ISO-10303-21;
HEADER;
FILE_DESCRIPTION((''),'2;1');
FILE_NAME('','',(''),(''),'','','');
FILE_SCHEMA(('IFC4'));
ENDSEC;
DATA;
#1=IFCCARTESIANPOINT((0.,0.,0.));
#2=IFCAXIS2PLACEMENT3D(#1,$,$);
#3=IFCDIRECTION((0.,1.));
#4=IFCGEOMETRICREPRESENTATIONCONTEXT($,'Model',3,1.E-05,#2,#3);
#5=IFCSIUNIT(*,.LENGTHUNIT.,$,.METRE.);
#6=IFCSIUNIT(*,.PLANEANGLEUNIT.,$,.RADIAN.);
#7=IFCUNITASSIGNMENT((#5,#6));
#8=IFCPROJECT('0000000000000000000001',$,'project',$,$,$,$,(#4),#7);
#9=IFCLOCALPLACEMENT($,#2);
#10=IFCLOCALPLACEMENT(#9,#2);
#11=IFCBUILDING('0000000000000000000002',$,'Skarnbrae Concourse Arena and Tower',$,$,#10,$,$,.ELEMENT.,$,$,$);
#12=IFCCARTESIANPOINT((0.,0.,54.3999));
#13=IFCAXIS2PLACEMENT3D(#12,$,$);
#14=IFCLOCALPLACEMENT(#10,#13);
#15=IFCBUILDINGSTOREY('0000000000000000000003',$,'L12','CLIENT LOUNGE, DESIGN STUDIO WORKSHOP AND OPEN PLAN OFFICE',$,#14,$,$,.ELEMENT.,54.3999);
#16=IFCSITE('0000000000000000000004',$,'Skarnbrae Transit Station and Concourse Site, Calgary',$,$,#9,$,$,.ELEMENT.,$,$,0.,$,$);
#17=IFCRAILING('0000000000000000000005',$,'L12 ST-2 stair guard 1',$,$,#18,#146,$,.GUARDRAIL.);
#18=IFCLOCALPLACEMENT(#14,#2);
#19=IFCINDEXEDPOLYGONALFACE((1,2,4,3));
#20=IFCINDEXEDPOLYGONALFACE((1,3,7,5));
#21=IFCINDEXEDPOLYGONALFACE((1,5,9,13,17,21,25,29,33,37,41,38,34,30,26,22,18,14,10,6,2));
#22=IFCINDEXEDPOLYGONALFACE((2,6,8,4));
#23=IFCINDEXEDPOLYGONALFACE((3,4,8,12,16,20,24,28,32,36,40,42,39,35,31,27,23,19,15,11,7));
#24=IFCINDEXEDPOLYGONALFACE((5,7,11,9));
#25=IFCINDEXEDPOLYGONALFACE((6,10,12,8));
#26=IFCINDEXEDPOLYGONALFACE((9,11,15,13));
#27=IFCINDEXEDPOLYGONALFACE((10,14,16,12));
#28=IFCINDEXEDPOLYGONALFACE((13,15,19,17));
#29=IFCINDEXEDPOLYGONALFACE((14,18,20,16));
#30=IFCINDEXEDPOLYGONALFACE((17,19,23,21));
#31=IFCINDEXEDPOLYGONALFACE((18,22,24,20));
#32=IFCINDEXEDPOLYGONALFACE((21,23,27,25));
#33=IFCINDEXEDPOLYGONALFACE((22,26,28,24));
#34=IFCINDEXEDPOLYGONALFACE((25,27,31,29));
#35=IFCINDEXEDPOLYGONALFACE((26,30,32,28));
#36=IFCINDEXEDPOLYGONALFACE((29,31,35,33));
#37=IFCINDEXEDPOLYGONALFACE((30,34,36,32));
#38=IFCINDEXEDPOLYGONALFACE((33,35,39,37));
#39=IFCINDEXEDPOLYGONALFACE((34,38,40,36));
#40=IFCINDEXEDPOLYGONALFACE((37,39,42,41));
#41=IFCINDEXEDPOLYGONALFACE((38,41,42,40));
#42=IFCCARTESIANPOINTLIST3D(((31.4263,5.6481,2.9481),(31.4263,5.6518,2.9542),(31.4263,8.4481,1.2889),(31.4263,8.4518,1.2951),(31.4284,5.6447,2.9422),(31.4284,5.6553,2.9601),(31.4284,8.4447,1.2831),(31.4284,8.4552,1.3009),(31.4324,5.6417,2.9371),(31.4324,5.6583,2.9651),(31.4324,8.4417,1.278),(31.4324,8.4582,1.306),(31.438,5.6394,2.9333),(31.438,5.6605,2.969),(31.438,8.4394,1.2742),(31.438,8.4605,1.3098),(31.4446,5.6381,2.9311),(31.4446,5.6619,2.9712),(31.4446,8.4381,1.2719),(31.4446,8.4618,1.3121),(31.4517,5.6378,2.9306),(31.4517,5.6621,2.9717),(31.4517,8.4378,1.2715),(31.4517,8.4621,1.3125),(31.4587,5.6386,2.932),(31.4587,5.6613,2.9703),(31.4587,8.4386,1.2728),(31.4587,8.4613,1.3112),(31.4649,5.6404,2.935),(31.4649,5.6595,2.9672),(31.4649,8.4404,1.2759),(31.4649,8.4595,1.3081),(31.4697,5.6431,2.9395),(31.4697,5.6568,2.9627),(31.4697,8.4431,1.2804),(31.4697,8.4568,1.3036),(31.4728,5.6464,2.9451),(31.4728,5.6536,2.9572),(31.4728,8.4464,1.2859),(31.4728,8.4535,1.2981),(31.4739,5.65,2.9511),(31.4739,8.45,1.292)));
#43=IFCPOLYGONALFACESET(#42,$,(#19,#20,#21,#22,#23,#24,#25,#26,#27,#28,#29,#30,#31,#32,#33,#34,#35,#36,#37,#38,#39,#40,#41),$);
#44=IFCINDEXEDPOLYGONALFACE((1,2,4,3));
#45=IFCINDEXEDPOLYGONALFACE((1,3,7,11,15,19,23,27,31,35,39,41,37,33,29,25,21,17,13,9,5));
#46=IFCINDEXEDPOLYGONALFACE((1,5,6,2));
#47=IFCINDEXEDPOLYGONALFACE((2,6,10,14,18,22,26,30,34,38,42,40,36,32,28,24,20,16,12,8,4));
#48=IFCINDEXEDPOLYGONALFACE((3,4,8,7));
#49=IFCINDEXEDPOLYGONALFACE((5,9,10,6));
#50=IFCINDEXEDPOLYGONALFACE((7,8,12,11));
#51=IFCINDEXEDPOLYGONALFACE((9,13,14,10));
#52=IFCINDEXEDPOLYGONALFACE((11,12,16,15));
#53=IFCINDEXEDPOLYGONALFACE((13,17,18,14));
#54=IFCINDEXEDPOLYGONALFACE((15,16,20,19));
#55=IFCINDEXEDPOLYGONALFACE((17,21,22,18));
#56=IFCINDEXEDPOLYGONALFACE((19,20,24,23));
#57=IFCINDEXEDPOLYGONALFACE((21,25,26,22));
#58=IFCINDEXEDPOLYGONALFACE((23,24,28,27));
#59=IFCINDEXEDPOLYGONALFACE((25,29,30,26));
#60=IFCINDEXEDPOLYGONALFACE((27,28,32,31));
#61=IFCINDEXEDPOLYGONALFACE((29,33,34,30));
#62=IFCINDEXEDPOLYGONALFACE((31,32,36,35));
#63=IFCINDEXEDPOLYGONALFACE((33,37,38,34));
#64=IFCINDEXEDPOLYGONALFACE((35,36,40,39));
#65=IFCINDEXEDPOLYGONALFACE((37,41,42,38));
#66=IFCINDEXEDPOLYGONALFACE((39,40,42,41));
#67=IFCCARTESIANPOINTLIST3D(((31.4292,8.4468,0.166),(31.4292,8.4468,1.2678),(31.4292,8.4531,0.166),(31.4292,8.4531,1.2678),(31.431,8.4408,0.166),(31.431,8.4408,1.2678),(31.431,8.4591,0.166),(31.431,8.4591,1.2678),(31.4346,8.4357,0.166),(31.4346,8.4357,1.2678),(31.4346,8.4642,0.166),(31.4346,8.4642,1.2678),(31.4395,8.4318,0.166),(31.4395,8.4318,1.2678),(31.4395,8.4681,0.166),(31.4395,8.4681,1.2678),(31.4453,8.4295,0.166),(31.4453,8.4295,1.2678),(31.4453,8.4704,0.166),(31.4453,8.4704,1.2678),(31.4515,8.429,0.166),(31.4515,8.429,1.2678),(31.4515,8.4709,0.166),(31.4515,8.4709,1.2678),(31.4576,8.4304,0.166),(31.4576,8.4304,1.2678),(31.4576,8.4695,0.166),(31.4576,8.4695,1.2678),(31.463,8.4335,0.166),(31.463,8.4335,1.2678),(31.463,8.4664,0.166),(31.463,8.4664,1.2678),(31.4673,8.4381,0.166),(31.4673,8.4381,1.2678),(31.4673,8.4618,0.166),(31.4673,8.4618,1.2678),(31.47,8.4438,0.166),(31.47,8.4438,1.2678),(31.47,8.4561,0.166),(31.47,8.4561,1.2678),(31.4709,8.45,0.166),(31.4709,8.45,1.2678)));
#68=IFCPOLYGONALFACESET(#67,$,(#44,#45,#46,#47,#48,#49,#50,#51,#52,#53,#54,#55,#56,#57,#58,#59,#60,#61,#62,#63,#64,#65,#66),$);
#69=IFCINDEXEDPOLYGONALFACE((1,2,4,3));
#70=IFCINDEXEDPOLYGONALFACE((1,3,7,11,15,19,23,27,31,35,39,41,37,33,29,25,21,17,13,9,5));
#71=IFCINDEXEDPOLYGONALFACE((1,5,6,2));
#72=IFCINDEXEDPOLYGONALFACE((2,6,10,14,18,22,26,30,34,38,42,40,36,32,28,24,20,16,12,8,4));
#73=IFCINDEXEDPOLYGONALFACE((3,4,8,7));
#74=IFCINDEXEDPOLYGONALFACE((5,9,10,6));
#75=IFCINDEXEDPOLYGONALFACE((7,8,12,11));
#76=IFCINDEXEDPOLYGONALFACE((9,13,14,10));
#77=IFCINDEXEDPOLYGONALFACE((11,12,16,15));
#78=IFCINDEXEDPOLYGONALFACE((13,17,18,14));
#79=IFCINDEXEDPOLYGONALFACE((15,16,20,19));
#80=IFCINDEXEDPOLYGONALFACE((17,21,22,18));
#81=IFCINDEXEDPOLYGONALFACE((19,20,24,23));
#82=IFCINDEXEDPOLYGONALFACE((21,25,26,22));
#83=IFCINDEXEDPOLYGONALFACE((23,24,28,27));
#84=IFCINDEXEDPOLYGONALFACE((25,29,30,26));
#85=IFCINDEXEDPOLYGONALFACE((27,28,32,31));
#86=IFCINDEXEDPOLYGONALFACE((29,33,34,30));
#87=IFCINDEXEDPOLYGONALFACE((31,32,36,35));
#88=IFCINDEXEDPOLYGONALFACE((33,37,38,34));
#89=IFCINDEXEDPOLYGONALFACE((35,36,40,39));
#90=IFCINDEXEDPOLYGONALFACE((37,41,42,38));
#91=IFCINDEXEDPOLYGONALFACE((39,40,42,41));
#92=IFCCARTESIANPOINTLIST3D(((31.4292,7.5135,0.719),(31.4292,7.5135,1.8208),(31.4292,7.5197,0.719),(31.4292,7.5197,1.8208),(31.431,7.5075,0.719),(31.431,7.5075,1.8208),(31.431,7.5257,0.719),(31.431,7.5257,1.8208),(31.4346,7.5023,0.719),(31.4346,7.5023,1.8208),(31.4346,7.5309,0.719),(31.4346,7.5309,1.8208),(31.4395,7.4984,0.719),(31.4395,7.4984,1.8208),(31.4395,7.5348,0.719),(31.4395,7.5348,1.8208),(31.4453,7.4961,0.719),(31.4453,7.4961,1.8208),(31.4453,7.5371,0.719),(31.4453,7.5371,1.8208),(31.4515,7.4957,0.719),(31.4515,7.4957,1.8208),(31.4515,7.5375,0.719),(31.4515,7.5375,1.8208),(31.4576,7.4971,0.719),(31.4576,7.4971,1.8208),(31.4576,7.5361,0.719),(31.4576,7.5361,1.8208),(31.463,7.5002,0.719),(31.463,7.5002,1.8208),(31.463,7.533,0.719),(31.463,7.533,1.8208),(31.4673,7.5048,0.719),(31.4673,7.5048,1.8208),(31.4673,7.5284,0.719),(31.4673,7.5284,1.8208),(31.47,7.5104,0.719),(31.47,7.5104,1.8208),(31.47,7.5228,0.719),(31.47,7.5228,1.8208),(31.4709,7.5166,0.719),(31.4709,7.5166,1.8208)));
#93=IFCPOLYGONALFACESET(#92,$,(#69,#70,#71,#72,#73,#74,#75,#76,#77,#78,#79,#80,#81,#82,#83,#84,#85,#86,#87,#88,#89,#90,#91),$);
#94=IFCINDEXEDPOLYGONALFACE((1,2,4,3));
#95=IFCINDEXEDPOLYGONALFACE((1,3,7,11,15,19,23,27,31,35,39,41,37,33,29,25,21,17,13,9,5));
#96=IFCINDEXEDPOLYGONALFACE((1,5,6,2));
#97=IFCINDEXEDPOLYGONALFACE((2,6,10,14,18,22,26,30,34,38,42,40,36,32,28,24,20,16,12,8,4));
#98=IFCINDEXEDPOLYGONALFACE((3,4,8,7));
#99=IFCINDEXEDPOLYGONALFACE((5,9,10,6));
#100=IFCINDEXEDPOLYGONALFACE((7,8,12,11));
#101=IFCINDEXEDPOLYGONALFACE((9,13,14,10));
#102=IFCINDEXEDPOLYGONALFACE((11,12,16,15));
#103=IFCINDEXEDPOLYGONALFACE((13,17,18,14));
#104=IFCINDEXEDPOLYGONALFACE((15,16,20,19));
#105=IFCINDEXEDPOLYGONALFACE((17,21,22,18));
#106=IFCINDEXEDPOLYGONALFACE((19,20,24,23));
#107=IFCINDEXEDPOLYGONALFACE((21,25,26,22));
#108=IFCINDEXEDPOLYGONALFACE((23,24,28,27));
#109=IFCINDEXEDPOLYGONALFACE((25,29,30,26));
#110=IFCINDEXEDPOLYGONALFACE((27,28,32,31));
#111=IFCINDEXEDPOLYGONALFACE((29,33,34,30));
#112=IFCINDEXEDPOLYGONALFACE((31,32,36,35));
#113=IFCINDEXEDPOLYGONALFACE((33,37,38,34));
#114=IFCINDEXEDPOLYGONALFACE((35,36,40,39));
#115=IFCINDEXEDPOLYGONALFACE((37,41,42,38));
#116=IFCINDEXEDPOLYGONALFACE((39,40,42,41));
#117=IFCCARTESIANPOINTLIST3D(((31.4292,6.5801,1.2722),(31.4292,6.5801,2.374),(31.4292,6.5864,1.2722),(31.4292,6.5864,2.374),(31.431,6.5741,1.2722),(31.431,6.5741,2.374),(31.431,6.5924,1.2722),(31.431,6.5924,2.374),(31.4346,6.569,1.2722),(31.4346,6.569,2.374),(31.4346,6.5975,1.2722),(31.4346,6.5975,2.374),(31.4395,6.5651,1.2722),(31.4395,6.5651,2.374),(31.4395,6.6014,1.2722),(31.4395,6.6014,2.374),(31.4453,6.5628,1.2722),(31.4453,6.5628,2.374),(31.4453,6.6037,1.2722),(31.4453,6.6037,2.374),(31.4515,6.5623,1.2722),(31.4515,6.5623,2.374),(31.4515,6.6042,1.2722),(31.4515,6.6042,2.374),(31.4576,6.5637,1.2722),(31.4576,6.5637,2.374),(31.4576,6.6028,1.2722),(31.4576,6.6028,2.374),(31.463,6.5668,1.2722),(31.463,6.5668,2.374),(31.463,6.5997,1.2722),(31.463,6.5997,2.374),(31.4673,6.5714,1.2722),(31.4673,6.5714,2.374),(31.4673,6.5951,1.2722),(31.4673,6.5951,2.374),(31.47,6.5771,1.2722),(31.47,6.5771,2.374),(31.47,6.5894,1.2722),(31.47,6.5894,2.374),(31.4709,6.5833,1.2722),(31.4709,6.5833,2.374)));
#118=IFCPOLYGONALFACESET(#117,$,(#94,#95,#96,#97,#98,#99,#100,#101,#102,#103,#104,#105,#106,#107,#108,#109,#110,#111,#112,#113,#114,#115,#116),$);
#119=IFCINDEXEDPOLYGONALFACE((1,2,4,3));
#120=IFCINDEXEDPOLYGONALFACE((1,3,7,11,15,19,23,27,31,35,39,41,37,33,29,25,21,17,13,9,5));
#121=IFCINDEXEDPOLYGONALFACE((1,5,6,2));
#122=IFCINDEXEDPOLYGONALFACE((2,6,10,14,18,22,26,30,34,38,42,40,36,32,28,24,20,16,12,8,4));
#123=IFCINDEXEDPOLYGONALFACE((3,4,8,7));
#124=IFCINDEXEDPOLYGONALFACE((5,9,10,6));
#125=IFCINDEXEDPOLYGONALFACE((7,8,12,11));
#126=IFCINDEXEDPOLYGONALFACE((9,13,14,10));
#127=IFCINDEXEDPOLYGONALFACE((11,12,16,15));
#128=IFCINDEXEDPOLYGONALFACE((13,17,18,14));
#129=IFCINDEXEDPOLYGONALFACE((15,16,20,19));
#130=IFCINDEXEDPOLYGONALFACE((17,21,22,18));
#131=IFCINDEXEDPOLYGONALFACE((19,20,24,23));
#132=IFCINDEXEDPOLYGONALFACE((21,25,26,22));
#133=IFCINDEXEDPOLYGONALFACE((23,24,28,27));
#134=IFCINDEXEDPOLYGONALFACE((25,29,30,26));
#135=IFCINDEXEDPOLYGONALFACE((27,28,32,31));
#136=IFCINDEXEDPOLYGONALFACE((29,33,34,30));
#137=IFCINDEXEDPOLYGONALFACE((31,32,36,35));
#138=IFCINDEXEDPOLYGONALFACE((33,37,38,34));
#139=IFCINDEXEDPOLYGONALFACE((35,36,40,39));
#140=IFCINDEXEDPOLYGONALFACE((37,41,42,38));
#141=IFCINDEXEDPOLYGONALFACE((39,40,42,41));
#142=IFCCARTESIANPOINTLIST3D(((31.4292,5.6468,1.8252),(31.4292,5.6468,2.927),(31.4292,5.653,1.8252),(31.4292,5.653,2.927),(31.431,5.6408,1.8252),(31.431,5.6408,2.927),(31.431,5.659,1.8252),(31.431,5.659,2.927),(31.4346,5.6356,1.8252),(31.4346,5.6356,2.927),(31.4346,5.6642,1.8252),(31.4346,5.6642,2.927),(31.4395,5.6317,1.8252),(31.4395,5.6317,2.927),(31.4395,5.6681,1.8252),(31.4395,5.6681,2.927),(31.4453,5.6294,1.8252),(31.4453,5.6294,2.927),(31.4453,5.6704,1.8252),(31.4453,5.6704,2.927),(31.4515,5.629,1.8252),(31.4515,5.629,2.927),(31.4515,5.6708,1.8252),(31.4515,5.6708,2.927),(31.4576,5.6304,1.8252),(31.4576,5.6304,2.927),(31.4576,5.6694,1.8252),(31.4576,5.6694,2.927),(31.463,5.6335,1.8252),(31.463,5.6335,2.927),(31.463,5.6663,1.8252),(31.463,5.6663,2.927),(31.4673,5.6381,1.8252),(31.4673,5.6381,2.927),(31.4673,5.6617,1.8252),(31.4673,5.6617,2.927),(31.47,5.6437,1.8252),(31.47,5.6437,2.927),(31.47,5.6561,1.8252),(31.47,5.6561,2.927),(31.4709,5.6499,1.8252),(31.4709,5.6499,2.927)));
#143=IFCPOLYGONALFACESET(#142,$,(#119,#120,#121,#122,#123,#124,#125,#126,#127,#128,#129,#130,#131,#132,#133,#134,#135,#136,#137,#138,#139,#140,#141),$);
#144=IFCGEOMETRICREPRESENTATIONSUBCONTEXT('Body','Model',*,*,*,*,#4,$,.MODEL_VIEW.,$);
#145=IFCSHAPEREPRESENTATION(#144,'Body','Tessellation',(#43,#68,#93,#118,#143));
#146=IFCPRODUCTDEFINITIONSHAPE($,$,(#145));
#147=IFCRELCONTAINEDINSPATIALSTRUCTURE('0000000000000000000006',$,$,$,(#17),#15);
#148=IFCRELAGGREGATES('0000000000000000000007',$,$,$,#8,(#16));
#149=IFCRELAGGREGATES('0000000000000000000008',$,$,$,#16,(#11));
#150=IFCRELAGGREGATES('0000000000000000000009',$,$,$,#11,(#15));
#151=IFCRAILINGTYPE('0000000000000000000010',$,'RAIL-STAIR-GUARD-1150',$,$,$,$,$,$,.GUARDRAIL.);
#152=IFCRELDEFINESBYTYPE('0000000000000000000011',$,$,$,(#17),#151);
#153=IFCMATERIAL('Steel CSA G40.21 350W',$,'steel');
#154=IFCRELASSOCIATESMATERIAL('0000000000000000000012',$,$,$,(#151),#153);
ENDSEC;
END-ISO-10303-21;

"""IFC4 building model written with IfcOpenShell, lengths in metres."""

from ifc_helpers import new_model, si_unit, direction, frame, origin, origin_2d, place, context, subcontext, project, spatial, circle, extrude, material, type_object, element, save


model = new_model("IFC4")

# Units and contexts
model_context = context("Model", 3, precision=1e-05, world=origin(), true_north=direction((0.0, 1.0)))
body_context = subcontext(model_context, "Body", "Model", "MODEL_VIEW")
ifc_project = project(units=[si_unit("LENGTHUNIT", "METRE"), si_unit("PLANEANGLEUNIT", "RADIAN")], contexts=[model_context])

# Site, building, storey
site_placement = place(None, origin())
site = spatial("IfcSite", under=ifc_project, at=site_placement, Name="Skarnbrae Transit Station and Concourse Site, Calgary", CompositionType="ELEMENT", RefElevation=0.0)
building_placement = place(site_placement, origin())
building = spatial("IfcBuilding", under=site, at=building_placement, Name="Skarnbrae Concourse Arena and Tower", CompositionType="ELEMENT")
storey_placement = place(building_placement, frame((0.0, 0.0, 54.3999)))
storey = spatial("IfcBuildingStorey", under=building, at=storey_placement, Name="L12", Description="CLIENT LOUNGE, DESIGN STUDIO WORKSHOP AND OPEN PLAN OFFICE", CompositionType="ELEMENT", Elevation=54.3999)

# Shared definitions
ifc_material_1 = material(Name="Steel CSA G40.21 350W", Category="steel")

# Railing
railing_type_1 = type_object("IfcRailingType", Name="RAIL-STAIR-GUARD-1150", PredefinedType="GUARDRAIL", material=ifc_material_1)
railing_1_placement = place(storey_placement, frame((31.45, 8.45, 0.166)))
element("IfcRailing", 1, at=railing_1_placement, inside=storey, type_object=railing_type_1, Name="L12 ST-2 stair guard 1", PredefinedType="GUARDRAIL", context=body_context, shape_type="SweptSolid", body=[
    extrude(circle(Radius=0.0239, at=origin_2d()), frame((0.0, 0.0, 1.126), z_axis=(0.0, -0.860306, 0.509778), x_axis=(1.0, 0.0, 0.0)), (0.0, 0.0, 1.0), 3.2546),
    extrude(circle(Radius=0.021, at=origin_2d()), origin(), (0.0, 0.0, 1.0), 1.1018),
    extrude(circle(Radius=0.021, at=origin_2d()), frame((0.0, -0.9333, 0.553)), (0.0, 0.0, 1.0), 1.1018),
    extrude(circle(Radius=0.021, at=origin_2d()), frame((0.0, -1.8667, 1.1062)), (0.0, 0.0, 1.0), 1.1018),
    extrude(circle(Radius=0.021, at=origin_2d()), frame((0.0, -2.8, 1.6592)), (0.0, 0.0, 1.0), 1.1018),
])

save(model, "model.ifc")
